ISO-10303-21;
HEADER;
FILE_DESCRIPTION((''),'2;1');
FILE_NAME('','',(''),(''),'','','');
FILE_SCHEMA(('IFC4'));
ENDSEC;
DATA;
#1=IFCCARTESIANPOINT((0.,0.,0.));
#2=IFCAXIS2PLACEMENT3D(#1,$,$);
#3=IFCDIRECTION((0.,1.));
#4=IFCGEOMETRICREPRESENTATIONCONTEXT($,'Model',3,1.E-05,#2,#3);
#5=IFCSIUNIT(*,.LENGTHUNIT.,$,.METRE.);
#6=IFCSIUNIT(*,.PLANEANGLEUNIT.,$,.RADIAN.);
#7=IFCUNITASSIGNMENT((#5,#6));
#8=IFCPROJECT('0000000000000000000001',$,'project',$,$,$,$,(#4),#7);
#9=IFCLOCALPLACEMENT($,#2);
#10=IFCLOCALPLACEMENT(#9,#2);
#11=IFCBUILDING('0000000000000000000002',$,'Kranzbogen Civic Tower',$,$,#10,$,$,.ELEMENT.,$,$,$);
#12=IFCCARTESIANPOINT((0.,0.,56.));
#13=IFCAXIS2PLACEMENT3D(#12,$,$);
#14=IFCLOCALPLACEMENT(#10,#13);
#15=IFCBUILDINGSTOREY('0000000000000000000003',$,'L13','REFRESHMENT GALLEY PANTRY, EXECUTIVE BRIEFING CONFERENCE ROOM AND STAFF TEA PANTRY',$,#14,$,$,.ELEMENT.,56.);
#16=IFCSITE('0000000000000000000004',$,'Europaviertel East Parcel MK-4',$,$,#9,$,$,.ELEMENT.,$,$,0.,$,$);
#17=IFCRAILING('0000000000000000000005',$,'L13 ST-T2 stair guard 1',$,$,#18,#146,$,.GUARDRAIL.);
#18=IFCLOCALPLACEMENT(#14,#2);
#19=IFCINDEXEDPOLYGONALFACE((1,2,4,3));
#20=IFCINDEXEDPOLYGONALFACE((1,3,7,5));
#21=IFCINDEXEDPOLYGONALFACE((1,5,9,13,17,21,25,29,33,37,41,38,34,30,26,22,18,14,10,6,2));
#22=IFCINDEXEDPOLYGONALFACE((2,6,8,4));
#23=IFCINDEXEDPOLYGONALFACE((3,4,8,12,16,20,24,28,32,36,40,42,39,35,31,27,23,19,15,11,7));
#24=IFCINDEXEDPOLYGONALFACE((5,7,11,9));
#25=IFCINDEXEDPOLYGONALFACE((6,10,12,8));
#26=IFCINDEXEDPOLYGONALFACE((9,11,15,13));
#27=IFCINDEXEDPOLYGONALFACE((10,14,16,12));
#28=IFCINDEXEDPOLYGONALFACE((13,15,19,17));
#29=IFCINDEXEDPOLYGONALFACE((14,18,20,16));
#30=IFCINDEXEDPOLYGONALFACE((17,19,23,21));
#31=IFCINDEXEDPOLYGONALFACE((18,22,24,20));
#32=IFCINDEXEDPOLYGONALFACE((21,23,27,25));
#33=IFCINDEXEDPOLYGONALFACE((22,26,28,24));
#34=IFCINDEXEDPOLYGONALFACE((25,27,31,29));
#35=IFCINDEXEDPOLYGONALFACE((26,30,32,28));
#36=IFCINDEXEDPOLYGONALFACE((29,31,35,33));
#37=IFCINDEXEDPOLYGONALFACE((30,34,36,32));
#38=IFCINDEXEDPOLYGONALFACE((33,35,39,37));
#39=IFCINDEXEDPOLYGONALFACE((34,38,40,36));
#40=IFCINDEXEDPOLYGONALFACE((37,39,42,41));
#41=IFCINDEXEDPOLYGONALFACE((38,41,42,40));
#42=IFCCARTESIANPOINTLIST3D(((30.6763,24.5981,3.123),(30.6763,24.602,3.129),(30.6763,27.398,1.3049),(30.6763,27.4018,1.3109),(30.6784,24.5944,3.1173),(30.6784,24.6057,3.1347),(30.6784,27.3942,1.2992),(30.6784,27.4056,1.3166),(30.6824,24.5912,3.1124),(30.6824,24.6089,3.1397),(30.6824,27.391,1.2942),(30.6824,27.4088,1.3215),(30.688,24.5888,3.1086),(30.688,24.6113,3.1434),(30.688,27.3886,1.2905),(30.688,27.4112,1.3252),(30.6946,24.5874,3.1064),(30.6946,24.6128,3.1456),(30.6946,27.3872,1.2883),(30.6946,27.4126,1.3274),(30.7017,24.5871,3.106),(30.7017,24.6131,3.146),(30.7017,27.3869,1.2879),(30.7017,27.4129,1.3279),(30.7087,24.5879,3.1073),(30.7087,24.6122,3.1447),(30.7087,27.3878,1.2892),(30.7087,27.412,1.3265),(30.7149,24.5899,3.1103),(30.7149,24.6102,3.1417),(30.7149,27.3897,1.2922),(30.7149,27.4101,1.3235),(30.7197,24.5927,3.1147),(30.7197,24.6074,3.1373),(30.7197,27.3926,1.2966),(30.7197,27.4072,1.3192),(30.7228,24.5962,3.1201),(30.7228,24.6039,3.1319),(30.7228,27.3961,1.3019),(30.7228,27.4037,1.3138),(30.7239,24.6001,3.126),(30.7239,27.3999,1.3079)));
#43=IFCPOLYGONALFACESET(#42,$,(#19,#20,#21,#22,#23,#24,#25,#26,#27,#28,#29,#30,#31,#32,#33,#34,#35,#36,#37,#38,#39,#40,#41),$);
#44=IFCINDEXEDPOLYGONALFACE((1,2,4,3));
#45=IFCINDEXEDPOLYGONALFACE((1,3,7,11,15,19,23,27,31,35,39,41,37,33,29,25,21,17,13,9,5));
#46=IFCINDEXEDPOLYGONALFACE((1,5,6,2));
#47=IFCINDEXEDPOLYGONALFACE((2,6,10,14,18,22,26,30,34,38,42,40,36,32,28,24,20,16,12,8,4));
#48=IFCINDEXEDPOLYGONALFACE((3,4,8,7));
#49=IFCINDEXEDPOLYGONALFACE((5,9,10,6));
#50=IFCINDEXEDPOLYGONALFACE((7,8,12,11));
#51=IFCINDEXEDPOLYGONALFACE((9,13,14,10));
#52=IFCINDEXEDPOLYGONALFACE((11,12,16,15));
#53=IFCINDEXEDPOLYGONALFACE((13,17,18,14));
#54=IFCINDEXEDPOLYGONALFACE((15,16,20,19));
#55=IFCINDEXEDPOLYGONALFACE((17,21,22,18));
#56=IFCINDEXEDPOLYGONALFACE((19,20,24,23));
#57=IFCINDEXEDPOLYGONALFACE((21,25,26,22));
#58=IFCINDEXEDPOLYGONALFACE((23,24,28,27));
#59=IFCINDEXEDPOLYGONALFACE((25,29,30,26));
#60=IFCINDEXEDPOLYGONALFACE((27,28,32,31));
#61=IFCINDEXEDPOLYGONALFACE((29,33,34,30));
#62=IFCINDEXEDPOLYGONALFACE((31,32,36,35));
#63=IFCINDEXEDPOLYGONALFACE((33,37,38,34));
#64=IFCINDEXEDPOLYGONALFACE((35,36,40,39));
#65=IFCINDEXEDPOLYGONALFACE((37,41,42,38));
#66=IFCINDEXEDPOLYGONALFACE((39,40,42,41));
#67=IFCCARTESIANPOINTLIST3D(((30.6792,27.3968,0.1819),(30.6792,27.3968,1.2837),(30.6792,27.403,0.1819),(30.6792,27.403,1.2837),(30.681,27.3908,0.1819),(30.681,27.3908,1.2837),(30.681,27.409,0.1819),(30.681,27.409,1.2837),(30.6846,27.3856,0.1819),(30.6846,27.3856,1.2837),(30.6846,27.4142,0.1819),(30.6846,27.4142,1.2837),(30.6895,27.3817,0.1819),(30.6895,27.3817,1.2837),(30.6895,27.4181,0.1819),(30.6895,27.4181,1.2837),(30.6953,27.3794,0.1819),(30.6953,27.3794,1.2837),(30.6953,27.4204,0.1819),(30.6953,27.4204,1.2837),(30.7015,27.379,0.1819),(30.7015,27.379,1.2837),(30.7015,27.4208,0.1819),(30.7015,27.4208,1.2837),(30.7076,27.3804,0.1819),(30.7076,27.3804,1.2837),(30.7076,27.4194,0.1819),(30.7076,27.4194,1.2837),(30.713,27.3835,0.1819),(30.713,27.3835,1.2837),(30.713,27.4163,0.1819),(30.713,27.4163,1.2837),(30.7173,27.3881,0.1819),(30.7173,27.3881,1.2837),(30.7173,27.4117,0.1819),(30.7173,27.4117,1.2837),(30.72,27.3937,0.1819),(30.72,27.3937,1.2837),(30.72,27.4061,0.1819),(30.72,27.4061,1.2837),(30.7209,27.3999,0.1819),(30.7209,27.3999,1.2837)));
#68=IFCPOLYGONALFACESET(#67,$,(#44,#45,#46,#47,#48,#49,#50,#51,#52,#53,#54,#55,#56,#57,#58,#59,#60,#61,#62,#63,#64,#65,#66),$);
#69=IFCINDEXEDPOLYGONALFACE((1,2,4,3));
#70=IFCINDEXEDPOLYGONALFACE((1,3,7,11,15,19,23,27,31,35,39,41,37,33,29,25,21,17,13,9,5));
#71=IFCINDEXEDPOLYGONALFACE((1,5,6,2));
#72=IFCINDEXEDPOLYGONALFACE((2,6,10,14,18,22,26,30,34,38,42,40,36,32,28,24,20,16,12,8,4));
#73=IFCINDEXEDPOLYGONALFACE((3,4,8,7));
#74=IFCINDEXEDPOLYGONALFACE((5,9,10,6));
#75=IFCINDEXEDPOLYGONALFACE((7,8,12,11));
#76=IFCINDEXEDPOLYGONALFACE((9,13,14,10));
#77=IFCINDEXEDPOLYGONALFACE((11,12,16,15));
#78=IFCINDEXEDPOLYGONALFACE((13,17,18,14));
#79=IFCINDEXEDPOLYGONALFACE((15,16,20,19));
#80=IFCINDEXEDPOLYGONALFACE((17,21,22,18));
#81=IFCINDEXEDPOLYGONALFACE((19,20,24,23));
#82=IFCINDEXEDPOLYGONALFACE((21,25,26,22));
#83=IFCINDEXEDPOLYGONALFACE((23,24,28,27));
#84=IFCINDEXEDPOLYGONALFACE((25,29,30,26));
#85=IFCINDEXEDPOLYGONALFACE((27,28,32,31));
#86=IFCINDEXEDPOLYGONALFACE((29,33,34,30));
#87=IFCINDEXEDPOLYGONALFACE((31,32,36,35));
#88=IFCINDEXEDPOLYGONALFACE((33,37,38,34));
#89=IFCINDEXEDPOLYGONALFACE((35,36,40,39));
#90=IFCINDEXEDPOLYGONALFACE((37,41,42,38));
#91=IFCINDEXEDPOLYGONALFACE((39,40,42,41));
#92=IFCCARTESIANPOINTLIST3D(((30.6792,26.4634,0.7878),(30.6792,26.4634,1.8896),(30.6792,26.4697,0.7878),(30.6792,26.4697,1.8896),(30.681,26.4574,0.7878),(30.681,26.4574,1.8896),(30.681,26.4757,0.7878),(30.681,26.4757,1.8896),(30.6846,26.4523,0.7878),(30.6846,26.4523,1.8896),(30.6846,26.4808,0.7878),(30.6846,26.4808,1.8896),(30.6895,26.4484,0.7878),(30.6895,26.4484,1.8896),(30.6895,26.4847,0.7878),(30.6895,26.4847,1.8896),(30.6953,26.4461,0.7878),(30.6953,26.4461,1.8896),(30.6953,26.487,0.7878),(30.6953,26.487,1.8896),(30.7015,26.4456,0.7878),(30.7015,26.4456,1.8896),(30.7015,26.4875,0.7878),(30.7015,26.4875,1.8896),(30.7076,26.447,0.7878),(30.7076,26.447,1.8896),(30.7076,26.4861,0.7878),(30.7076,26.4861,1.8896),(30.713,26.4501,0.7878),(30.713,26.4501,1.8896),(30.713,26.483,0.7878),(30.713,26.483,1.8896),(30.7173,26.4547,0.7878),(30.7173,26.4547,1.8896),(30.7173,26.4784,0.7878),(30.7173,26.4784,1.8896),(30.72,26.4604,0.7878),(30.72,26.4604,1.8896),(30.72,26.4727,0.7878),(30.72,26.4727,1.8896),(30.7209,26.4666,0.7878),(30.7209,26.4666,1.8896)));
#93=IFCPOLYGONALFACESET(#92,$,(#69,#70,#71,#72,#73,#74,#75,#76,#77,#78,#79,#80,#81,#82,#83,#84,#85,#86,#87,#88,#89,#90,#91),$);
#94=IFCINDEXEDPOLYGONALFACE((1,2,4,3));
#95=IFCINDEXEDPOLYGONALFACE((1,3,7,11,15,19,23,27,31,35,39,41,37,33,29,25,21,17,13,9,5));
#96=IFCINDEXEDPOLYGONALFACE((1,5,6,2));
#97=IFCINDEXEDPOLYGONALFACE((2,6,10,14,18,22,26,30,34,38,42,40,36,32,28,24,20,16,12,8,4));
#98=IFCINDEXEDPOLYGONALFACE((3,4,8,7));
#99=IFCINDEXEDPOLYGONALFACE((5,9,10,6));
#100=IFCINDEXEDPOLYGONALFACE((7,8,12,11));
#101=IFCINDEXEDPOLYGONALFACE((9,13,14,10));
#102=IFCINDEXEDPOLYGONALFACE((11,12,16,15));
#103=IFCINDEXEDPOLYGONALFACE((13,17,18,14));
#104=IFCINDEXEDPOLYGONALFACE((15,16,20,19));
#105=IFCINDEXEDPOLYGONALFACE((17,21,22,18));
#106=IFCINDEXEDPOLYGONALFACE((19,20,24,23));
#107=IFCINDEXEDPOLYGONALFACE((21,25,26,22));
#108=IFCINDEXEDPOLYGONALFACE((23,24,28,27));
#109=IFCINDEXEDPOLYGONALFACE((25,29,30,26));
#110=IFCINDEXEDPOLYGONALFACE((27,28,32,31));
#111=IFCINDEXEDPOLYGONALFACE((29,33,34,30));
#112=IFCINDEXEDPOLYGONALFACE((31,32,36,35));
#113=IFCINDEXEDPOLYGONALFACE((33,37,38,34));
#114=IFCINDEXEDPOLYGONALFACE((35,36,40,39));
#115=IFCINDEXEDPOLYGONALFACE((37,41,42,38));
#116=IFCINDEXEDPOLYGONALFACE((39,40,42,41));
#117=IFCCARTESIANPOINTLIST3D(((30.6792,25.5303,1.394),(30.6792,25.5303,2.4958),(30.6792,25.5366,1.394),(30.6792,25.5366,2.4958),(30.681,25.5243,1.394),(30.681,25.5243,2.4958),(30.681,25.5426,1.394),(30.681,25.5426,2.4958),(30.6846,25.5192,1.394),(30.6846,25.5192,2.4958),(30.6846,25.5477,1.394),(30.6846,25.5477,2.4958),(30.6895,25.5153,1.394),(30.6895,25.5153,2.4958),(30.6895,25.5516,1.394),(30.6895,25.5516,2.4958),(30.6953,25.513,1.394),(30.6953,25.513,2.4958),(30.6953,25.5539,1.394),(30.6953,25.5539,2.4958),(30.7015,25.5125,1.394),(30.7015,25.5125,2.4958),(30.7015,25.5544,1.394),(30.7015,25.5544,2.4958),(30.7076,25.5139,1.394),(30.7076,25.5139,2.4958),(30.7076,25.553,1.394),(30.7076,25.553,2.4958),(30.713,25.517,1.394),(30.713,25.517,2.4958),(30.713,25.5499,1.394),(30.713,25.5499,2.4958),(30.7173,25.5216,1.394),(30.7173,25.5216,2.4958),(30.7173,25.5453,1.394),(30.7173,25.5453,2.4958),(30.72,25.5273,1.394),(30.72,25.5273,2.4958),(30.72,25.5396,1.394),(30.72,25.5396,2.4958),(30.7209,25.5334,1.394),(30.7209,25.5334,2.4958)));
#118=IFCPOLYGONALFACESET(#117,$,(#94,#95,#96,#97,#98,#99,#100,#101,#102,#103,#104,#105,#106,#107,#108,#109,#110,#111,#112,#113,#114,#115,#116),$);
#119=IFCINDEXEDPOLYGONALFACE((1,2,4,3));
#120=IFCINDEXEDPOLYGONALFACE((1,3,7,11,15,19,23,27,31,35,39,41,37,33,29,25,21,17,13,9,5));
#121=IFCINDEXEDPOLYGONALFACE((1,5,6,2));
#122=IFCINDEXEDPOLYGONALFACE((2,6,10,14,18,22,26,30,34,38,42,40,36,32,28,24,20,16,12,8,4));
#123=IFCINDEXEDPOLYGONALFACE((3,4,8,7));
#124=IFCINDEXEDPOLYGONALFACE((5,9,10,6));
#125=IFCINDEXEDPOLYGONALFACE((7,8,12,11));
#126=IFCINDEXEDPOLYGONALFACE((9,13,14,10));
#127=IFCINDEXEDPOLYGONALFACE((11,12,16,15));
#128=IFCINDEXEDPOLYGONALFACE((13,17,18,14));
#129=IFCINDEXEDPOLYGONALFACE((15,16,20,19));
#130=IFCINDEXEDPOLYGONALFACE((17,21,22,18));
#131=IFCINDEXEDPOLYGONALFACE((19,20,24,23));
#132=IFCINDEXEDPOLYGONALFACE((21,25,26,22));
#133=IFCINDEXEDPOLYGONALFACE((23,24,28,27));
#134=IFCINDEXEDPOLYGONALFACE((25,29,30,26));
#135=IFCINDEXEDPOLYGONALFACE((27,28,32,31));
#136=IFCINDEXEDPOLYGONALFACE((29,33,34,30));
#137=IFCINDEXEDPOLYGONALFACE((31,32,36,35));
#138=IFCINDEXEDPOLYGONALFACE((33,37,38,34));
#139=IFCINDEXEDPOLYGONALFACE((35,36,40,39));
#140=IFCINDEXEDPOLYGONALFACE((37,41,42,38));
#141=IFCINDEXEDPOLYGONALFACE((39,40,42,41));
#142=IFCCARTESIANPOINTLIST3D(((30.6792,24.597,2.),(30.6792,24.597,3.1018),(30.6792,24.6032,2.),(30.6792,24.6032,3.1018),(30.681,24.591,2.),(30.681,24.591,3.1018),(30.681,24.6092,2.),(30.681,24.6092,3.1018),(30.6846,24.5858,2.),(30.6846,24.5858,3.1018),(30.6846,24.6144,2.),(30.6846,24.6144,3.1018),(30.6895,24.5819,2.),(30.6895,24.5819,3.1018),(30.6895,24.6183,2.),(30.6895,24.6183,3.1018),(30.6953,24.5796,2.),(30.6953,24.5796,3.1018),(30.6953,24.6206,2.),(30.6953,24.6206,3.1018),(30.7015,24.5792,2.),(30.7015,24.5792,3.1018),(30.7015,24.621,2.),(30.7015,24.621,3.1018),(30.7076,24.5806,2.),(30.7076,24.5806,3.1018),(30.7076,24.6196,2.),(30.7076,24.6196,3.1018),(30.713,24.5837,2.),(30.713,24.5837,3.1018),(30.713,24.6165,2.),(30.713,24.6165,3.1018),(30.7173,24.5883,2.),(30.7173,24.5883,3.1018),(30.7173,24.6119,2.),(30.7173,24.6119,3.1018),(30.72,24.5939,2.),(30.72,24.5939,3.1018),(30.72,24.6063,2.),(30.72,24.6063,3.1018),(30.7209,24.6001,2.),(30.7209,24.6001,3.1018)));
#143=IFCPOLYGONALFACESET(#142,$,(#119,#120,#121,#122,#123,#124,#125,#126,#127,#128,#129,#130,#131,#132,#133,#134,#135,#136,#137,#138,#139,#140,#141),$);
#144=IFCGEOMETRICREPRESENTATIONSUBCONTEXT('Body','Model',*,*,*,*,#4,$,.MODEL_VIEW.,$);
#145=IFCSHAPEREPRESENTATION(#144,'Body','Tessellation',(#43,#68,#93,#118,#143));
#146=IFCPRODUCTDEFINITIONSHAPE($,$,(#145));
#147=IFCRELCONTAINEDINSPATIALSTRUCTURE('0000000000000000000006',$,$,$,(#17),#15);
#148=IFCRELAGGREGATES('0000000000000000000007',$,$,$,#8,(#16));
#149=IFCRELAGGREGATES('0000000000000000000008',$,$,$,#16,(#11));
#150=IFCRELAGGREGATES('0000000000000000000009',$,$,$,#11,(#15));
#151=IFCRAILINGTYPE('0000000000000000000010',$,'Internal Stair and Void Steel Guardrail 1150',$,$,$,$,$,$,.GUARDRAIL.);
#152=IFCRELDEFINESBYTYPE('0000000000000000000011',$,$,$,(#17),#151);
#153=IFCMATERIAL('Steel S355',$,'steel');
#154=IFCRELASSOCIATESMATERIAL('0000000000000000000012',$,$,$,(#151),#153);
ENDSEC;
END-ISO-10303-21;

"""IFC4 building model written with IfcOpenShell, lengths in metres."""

from ifc_helpers import new_model, si_unit, direction, frame, origin, origin_2d, place, context, subcontext, project, spatial, circle, extrude, material, type_object, element, save


model = new_model("IFC4")

# Units and contexts
model_context = context("Model", 3, precision=1e-05, world=origin(), true_north=direction((0.0, 1.0)))
body_context = subcontext(model_context, "Body", "Model", "MODEL_VIEW")
ifc_project = project(units=[si_unit("LENGTHUNIT", "METRE"), si_unit("PLANEANGLEUNIT", "RADIAN")], contexts=[model_context])

# Site, building, storey
site_placement = place(None, origin())
site = spatial("IfcSite", under=ifc_project, at=site_placement, Name="Europaviertel East Parcel MK-4", CompositionType="ELEMENT", RefElevation=0.0)
building_placement = place(site_placement, origin())
building = spatial("IfcBuilding", under=site, at=building_placement, Name="Kranzbogen Civic Tower", CompositionType="ELEMENT")
storey_placement = place(building_placement, frame((0.0, 0.0, 56.0)))
storey = spatial("IfcBuildingStorey", under=building, at=storey_placement, Name="L13", Description="REFRESHMENT GALLEY PANTRY, EXECUTIVE BRIEFING CONFERENCE ROOM AND STAFF TEA PANTRY", CompositionType="ELEMENT", Elevation=56.0)

# Shared definitions
ifc_material_1 = material(Name="Steel S355", Category="steel")

# Railing
railing_type = type_object("IfcRailingType", Name="Internal Stair and Void Steel Guardrail 1150", PredefinedType="GUARDRAIL", material=ifc_material_1)
railing_1_placement = place(storey_placement, frame((30.7, 27.3999, 0.1819)))
element("IfcRailing", 1, at=railing_1_placement, inside=storey, type_object=railing_type, Name="L13 ST-T2 stair guard 1", PredefinedType="GUARDRAIL", context=body_context, shape_type="SweptSolid", body=[
    extrude(circle(Radius=0.0239, at=origin_2d()), frame((0.0, 0.0, 1.126), z_axis=(0.0, -0.838684, 0.544618), x_axis=(1.0, 0.0, 0.0)), (0.0, 0.0, 1.0), 3.3384),
    extrude(circle(Radius=0.021, at=origin_2d()), origin(), (0.0, 0.0, 1.0), 1.1018),
    extrude(circle(Radius=0.021, at=origin_2d()), frame((0.0, -0.9333, 0.606)), (0.0, 0.0, 1.0), 1.1018),
    extrude(circle(Radius=0.021, at=origin_2d()), frame((0.0, -1.8665, 1.2122)), (0.0, 0.0, 1.0), 1.1018),
    extrude(circle(Radius=0.021, at=origin_2d()), frame((0.0, -2.7998, 1.8181)), (0.0, 0.0, 1.0), 1.1018),
])

save(model, "model.ifc")
